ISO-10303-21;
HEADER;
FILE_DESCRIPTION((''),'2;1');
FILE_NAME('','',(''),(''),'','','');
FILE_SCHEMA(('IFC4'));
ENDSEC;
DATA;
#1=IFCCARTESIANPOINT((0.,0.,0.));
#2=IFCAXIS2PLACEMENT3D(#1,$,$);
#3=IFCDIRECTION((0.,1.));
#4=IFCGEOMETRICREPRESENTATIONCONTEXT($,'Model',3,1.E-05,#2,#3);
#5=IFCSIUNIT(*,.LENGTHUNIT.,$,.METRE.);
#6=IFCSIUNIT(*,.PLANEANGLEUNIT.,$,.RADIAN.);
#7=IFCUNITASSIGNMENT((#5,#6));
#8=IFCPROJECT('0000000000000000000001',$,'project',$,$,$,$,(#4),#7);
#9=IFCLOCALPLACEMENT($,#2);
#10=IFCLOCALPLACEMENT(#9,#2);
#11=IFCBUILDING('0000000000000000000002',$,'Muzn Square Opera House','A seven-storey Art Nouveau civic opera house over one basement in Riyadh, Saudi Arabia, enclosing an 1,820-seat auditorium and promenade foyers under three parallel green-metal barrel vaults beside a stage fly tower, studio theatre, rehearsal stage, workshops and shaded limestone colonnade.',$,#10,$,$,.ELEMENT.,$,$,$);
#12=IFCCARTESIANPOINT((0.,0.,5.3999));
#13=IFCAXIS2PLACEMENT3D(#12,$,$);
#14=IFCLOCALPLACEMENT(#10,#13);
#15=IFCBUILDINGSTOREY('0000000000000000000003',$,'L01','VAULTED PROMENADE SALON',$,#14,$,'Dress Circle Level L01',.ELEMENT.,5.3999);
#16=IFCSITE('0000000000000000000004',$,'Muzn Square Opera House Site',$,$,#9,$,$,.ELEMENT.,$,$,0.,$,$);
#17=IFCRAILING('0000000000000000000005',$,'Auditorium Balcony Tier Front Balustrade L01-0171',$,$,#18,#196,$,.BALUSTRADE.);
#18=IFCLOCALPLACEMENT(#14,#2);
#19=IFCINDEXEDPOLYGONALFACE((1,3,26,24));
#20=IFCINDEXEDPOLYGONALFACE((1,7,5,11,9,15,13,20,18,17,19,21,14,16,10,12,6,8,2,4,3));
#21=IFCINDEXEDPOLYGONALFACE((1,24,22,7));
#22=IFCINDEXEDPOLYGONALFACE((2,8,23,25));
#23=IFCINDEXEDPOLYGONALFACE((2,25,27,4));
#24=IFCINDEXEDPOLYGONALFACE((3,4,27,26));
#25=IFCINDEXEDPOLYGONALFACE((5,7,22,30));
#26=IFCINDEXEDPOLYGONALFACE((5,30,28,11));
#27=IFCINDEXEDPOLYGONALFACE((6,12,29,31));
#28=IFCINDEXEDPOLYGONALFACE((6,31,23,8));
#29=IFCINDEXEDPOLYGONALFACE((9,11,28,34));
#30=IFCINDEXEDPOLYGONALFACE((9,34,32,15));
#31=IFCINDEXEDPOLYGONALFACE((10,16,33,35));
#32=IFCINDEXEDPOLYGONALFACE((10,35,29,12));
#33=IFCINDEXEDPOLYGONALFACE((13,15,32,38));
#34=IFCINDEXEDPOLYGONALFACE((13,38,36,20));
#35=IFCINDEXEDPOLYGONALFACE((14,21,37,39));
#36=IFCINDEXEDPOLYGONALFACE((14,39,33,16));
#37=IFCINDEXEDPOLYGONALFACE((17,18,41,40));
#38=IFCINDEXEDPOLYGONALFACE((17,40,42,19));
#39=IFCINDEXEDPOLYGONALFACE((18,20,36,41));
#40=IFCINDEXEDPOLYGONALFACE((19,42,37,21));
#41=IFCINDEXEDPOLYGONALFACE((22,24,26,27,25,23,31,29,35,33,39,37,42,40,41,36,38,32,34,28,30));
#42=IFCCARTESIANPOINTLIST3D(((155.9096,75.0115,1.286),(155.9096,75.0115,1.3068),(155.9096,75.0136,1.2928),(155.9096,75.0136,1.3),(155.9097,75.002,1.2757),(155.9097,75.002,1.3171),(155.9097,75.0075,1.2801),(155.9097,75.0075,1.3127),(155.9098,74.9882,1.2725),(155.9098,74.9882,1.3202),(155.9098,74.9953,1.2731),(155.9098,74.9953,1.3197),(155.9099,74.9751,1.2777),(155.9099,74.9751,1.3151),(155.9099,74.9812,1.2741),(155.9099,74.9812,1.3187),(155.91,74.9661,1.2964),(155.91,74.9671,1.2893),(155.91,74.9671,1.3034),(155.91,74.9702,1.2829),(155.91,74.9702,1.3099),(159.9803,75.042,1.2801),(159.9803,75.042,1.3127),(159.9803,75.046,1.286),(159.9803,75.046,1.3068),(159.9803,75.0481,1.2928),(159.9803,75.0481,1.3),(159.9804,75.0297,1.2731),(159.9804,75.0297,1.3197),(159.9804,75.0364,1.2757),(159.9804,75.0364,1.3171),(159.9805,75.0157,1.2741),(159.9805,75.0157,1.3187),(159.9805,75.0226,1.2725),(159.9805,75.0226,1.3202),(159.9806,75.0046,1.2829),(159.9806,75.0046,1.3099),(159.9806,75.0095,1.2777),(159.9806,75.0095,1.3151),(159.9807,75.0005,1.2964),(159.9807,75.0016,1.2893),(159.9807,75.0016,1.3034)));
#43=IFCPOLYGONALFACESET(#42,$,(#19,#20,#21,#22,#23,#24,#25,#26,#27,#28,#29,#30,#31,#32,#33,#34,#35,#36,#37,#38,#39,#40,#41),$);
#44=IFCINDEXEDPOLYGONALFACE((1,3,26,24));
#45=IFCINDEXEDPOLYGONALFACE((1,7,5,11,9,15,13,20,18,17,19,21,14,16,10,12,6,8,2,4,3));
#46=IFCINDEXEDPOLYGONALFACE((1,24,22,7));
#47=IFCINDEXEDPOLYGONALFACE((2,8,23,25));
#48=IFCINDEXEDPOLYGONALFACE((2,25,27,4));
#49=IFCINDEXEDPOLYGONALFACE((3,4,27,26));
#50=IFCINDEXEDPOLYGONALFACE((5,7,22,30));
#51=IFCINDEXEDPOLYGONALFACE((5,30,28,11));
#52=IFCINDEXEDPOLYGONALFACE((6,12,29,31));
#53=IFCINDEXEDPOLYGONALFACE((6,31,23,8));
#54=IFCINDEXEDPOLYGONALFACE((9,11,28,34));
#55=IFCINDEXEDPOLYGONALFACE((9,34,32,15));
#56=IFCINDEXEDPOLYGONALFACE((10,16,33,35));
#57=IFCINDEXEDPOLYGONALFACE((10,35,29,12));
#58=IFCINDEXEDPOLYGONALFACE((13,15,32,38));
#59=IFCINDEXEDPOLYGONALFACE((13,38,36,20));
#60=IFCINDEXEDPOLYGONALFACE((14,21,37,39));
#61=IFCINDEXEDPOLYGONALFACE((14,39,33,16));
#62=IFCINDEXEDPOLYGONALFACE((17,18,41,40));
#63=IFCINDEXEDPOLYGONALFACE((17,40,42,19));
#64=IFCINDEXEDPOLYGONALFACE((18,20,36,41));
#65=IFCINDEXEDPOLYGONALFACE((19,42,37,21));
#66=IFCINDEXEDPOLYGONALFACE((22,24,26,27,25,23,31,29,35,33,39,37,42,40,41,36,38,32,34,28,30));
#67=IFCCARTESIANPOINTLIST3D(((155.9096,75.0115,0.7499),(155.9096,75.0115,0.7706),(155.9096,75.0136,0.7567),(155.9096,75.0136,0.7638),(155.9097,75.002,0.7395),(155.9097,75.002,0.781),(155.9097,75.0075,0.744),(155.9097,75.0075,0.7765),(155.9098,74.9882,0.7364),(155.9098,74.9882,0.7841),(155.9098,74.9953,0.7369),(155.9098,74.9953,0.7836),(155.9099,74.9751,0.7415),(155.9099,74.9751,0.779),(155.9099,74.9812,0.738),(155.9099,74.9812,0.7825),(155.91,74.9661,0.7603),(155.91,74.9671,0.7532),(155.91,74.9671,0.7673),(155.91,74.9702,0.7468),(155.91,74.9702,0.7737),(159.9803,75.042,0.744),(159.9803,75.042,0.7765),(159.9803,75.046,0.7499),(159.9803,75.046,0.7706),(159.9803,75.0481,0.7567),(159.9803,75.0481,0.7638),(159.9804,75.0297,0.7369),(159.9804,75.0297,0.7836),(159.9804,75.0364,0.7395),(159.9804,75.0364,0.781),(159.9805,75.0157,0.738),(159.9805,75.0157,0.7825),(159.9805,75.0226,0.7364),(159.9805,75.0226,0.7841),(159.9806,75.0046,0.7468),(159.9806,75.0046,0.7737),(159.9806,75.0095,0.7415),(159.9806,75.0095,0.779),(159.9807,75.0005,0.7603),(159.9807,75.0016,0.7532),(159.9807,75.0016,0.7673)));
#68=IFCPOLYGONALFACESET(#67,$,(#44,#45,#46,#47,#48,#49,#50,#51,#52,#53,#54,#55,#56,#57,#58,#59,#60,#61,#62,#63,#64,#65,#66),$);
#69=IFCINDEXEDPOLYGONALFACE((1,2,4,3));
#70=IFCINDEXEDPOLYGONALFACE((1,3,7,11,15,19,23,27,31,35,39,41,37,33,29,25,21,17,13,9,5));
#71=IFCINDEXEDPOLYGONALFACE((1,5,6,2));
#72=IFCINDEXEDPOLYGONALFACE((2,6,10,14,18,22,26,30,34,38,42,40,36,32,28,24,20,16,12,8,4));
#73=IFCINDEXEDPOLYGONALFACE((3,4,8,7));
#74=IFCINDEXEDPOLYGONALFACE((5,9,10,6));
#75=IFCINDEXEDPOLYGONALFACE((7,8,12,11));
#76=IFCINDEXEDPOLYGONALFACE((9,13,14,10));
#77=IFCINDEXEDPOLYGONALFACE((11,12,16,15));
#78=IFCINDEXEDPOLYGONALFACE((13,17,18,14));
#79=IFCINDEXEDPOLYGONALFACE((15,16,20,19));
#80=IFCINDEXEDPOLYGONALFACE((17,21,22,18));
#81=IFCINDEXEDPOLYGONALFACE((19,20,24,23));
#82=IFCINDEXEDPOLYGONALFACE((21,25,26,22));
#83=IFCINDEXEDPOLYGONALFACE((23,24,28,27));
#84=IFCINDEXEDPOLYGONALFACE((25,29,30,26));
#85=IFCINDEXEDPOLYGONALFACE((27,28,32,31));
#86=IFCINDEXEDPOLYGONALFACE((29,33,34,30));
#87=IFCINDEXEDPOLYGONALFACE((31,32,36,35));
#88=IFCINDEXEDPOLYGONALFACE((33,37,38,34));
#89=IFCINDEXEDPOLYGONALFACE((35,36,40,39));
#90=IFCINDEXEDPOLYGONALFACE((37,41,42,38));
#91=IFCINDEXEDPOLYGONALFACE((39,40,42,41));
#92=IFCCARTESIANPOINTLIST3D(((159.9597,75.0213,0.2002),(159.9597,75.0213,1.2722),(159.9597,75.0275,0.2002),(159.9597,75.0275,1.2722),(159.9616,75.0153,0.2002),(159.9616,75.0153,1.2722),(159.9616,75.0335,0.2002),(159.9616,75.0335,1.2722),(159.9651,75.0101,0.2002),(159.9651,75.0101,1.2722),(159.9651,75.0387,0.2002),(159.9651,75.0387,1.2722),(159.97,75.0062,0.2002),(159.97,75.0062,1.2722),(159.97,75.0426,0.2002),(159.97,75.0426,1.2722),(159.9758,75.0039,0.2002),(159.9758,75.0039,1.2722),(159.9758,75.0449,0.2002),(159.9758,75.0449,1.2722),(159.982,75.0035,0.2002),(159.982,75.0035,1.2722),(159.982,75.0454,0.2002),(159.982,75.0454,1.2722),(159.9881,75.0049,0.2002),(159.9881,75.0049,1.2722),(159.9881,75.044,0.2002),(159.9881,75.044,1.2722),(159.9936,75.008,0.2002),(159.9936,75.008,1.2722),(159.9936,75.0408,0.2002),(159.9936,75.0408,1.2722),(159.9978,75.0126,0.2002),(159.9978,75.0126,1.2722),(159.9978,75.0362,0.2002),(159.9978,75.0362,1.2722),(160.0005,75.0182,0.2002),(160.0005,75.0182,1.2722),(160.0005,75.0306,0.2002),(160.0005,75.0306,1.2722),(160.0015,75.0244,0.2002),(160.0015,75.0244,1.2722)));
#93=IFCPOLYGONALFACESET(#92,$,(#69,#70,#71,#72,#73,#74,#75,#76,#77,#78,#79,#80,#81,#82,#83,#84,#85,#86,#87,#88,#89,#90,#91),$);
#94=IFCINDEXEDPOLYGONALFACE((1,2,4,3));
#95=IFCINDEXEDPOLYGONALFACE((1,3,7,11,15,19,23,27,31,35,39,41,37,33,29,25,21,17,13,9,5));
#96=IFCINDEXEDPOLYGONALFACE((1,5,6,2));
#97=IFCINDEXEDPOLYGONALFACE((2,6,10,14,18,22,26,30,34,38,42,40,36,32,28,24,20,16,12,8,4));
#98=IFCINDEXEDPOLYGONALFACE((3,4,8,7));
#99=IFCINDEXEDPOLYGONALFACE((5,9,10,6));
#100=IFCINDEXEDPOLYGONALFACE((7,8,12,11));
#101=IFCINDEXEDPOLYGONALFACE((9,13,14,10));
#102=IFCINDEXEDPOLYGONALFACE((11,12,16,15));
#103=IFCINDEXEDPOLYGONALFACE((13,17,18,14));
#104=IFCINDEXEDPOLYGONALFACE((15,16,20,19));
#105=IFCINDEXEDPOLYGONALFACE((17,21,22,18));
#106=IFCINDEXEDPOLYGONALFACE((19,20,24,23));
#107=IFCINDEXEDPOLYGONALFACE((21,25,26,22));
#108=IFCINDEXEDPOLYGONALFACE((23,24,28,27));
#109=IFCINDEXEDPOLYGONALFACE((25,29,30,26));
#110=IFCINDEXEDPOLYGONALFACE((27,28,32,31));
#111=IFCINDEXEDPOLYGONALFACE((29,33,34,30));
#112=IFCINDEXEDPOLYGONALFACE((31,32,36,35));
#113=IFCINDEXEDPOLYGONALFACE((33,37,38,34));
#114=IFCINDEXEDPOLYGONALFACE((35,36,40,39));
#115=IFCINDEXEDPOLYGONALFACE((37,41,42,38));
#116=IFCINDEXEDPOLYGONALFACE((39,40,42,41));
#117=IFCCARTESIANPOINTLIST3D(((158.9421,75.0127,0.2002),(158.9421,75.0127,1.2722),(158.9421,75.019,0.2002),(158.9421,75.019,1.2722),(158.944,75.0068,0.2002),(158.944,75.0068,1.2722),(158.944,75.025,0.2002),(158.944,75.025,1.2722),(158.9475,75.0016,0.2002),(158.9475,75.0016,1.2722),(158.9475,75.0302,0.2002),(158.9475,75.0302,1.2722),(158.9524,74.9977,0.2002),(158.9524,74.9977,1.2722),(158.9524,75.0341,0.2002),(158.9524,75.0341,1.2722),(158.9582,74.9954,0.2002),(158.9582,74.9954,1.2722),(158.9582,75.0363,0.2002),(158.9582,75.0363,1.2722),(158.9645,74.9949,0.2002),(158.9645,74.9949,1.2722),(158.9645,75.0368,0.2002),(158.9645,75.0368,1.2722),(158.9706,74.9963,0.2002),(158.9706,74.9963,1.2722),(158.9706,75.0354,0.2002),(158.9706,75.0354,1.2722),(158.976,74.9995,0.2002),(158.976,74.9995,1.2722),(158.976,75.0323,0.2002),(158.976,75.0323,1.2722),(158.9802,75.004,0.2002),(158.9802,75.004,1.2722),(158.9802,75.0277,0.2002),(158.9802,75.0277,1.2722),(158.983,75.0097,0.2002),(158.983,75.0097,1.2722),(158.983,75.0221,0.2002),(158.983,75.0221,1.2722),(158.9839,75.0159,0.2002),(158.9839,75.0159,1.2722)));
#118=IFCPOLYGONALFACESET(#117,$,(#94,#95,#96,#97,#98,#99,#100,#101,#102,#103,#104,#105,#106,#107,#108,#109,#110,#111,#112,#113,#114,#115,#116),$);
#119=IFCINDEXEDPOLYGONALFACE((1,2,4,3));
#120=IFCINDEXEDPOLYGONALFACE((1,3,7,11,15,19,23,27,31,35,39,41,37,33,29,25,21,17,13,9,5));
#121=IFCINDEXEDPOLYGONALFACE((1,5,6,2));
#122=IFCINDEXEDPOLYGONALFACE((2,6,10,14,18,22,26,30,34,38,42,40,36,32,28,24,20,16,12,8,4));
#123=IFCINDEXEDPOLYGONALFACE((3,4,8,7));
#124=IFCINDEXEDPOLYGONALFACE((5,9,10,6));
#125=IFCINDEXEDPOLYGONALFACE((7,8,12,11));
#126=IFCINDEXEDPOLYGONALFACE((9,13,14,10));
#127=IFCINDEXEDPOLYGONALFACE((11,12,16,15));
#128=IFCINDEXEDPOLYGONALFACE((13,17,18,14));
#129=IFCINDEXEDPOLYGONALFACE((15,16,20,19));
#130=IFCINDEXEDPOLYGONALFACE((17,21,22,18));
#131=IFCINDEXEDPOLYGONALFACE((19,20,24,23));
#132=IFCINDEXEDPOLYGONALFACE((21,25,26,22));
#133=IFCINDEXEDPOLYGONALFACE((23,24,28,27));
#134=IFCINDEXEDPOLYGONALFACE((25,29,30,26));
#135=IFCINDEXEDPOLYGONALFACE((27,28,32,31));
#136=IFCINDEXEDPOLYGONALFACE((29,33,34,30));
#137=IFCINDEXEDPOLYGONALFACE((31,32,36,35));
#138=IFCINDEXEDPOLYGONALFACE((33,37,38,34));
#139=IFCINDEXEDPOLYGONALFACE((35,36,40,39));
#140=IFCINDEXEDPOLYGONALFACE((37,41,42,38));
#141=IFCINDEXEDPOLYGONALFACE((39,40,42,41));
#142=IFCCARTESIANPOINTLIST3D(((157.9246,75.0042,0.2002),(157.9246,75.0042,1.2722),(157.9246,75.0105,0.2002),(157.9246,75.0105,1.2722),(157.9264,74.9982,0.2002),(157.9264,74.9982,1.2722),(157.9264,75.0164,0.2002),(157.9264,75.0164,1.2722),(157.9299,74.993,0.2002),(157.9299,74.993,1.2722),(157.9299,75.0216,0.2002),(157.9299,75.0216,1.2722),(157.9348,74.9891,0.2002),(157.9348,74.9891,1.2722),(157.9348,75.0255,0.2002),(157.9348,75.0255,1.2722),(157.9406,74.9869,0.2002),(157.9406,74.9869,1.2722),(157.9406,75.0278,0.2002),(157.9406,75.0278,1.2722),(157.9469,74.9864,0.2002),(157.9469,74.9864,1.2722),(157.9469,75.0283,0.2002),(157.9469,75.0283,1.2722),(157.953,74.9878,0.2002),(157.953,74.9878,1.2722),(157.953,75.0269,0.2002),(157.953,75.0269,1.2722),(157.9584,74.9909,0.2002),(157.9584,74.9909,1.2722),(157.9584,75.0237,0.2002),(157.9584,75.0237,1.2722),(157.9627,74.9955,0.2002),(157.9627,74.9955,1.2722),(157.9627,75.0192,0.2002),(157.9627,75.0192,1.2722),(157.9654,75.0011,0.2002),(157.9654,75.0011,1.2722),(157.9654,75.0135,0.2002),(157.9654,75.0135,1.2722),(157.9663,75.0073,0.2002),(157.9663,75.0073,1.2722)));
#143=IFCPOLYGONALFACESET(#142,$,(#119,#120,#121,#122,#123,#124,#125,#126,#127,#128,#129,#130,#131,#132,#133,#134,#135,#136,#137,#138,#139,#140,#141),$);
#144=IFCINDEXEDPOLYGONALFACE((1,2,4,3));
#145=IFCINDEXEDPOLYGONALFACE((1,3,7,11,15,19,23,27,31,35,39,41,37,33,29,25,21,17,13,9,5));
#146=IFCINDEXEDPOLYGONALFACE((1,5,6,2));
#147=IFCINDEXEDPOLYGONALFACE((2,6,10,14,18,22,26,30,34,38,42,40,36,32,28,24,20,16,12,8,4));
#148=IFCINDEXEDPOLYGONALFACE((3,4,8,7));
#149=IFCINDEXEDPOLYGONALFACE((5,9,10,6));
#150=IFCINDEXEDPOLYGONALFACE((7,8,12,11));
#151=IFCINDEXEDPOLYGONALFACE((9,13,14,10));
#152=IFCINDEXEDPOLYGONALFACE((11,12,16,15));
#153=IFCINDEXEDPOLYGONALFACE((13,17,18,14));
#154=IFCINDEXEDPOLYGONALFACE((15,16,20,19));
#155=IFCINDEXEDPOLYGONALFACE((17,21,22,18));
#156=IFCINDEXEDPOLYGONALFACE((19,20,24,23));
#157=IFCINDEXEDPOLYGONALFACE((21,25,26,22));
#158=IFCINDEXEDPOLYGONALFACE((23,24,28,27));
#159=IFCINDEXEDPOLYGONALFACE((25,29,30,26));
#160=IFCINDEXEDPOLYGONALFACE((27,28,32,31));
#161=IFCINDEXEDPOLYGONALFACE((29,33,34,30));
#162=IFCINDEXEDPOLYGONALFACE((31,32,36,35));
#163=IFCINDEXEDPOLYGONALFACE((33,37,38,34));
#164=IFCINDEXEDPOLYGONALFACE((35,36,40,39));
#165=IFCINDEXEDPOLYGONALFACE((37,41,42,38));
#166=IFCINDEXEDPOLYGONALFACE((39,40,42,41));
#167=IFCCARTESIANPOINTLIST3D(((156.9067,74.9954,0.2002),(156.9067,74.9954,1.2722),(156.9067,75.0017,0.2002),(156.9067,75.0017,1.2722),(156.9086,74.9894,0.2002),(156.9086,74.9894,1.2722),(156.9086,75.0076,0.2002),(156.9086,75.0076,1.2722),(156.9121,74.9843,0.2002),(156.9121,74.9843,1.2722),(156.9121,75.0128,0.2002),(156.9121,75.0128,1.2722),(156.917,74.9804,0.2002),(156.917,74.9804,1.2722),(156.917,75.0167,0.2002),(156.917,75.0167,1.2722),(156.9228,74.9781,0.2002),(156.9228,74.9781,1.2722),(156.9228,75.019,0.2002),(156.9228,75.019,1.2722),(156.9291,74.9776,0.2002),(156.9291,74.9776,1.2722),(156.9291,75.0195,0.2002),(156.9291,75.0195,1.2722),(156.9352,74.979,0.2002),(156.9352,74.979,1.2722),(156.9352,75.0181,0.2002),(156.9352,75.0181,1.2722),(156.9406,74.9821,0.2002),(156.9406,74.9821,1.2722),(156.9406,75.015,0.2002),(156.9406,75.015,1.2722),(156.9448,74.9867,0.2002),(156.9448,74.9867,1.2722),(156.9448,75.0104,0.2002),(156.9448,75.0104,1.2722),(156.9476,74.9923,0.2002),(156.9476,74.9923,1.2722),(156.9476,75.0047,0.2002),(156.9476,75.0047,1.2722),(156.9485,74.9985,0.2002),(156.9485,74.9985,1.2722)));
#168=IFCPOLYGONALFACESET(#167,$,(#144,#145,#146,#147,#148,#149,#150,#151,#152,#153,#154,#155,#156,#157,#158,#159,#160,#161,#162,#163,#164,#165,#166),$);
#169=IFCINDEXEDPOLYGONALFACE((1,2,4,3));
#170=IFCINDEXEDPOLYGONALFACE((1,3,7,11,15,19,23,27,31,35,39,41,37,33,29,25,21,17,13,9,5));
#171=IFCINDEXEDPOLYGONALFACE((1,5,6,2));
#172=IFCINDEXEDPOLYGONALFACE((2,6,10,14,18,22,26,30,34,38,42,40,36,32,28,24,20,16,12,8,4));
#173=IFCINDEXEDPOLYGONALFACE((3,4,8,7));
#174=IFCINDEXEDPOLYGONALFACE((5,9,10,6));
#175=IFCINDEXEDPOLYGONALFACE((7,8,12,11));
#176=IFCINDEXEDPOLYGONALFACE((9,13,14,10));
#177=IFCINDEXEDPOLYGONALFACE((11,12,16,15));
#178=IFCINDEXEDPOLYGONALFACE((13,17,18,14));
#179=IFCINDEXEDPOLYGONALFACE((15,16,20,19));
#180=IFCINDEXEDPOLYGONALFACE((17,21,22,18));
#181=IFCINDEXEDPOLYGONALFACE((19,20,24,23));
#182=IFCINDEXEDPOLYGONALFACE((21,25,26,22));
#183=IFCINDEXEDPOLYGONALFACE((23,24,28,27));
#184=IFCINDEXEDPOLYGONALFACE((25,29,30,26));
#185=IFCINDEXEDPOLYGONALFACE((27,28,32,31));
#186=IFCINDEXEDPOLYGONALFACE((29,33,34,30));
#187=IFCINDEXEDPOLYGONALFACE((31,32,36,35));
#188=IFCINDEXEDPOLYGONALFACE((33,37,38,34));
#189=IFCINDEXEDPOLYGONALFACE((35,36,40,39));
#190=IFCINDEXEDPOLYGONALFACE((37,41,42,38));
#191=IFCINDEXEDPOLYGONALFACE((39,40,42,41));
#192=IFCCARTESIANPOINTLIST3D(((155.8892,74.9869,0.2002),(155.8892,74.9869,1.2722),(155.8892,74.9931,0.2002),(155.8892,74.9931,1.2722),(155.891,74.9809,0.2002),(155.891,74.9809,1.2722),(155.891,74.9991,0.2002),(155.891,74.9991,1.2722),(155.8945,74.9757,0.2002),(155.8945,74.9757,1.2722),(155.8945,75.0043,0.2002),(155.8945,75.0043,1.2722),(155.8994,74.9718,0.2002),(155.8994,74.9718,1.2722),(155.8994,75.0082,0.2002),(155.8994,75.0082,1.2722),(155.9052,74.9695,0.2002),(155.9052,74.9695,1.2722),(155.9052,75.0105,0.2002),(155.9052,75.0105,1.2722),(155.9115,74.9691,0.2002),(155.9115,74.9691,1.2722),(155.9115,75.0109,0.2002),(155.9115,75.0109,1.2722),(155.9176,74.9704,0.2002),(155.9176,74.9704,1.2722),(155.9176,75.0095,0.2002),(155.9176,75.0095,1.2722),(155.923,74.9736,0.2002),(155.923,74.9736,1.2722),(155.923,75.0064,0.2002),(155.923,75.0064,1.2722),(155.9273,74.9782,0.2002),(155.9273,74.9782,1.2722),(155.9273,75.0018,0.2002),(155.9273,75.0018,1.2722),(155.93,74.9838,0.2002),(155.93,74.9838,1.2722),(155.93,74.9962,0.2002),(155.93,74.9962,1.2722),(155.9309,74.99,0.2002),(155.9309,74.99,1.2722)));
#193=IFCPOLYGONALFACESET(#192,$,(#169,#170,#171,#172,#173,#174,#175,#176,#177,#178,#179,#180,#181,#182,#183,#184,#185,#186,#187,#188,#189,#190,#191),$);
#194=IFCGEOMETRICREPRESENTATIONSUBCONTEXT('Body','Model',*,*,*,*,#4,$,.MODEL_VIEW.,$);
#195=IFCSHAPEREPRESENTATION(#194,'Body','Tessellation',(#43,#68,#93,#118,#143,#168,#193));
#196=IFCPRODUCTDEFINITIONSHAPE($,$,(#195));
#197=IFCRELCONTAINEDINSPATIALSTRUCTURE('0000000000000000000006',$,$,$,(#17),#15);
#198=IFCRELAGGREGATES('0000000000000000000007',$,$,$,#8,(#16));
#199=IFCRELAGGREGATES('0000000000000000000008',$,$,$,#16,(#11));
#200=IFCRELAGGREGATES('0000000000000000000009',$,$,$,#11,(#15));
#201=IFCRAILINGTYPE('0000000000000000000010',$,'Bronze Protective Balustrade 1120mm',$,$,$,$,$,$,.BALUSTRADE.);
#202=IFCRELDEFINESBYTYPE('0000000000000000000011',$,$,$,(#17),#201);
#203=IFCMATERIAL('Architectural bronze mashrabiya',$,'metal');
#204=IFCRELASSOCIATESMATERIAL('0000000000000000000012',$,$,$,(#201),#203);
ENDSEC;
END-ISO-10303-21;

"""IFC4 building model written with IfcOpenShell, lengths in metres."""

from ifc_helpers import new_model, si_unit, direction, frame, origin, origin_2d, place, context, subcontext, project, spatial, circle, extrude, material, type_object, element, save


model = new_model("IFC4")

# Units and contexts
model_context = context("Model", 3, precision=1e-05, world=origin(), true_north=direction((0.0, 1.0)))
body_context = subcontext(model_context, "Body", "Model", "MODEL_VIEW")
ifc_project = project(units=[si_unit("LENGTHUNIT", "METRE"), si_unit("PLANEANGLEUNIT", "RADIAN")], contexts=[model_context])

# Site, building, storey
site_placement = place(None, origin())
site = spatial("IfcSite", under=ifc_project, at=site_placement, Name="Muzn Square Opera House Site", CompositionType="ELEMENT", RefElevation=0.0)
building_placement = place(site_placement, origin())
building = spatial("IfcBuilding", under=site, at=building_placement, Name="Muzn Square Opera House", Description="A seven-storey Art Nouveau civic opera house over one basement in Riyadh, Saudi Arabia, enclosing an 1,820-seat auditorium and promenade foyers under three parallel green-metal barrel vaults beside a stage fly tower, studio theatre, rehearsal stage, workshops and shaded limestone colonnade.", CompositionType="ELEMENT")
storey_placement = place(building_placement, frame((0.0, 0.0, 5.3999)))
storey = spatial("IfcBuildingStorey", under=building, at=storey_placement, Name="L01", Description="VAULTED PROMENADE SALON", LongName="Dress Circle Level L01", CompositionType="ELEMENT", Elevation=5.3999)

# Railing
ifc_material_1 = material(Name="Architectural bronze mashrabiya", Category="metal")
railing_type = type_object("IfcRailingType", Name="Bronze Protective Balustrade 1120mm", PredefinedType="BALUSTRADE", material=ifc_material_1)
railing_1_placement = place(storey_placement, frame((159.9805, 75.0244, 0.2002)))
element("IfcRailing", 1, at=railing_1_placement, inside=storey, type_object=railing_type, Name="Auditorium Balcony Tier Front Balustrade L01-0171", PredefinedType="BALUSTRADE", context=body_context, shape_type="SweptSolid", body=[
    extrude(circle(Radius=0.0239, at=origin_2d()), frame((0.0, 0.0, 1.0962), z_axis=(-0.999964, -0.008456, 0.0), x_axis=(0.008456, -0.999964, 0.0)), (0.0, 0.0, 1.0), 4.0708),
    extrude(circle(Radius=0.0239, at=origin_2d()), frame((0.0, 0.0, 0.5601), z_axis=(-0.999964, -0.008456, 0.0), x_axis=(0.008456, -0.999964, 0.0)), (0.0, 0.0, 1.0), 4.0708),
    extrude(circle(Radius=0.021, at=origin_2d()), origin(), (0.0, 0.0, 1.0), 1.072),
    extrude(circle(Radius=0.021, at=origin_2d()), frame((-1.0176, -0.0085, 0.0)), (0.0, 0.0, 1.0), 1.072),
    extrude(circle(Radius=0.021, at=origin_2d()), frame((-2.0352, -0.0171, 0.0)), (0.0, 0.0, 1.0), 1.072),
    extrude(circle(Radius=0.021, at=origin_2d()), frame((-3.053, -0.0259, 0.0)), (0.0, 0.0, 1.0), 1.072),
    extrude(circle(Radius=0.021, at=origin_2d()), frame((-4.0706, -0.0344, 0.0)), (0.0, 0.0, 1.0), 1.072),
])

save(model, "model.ifc")
